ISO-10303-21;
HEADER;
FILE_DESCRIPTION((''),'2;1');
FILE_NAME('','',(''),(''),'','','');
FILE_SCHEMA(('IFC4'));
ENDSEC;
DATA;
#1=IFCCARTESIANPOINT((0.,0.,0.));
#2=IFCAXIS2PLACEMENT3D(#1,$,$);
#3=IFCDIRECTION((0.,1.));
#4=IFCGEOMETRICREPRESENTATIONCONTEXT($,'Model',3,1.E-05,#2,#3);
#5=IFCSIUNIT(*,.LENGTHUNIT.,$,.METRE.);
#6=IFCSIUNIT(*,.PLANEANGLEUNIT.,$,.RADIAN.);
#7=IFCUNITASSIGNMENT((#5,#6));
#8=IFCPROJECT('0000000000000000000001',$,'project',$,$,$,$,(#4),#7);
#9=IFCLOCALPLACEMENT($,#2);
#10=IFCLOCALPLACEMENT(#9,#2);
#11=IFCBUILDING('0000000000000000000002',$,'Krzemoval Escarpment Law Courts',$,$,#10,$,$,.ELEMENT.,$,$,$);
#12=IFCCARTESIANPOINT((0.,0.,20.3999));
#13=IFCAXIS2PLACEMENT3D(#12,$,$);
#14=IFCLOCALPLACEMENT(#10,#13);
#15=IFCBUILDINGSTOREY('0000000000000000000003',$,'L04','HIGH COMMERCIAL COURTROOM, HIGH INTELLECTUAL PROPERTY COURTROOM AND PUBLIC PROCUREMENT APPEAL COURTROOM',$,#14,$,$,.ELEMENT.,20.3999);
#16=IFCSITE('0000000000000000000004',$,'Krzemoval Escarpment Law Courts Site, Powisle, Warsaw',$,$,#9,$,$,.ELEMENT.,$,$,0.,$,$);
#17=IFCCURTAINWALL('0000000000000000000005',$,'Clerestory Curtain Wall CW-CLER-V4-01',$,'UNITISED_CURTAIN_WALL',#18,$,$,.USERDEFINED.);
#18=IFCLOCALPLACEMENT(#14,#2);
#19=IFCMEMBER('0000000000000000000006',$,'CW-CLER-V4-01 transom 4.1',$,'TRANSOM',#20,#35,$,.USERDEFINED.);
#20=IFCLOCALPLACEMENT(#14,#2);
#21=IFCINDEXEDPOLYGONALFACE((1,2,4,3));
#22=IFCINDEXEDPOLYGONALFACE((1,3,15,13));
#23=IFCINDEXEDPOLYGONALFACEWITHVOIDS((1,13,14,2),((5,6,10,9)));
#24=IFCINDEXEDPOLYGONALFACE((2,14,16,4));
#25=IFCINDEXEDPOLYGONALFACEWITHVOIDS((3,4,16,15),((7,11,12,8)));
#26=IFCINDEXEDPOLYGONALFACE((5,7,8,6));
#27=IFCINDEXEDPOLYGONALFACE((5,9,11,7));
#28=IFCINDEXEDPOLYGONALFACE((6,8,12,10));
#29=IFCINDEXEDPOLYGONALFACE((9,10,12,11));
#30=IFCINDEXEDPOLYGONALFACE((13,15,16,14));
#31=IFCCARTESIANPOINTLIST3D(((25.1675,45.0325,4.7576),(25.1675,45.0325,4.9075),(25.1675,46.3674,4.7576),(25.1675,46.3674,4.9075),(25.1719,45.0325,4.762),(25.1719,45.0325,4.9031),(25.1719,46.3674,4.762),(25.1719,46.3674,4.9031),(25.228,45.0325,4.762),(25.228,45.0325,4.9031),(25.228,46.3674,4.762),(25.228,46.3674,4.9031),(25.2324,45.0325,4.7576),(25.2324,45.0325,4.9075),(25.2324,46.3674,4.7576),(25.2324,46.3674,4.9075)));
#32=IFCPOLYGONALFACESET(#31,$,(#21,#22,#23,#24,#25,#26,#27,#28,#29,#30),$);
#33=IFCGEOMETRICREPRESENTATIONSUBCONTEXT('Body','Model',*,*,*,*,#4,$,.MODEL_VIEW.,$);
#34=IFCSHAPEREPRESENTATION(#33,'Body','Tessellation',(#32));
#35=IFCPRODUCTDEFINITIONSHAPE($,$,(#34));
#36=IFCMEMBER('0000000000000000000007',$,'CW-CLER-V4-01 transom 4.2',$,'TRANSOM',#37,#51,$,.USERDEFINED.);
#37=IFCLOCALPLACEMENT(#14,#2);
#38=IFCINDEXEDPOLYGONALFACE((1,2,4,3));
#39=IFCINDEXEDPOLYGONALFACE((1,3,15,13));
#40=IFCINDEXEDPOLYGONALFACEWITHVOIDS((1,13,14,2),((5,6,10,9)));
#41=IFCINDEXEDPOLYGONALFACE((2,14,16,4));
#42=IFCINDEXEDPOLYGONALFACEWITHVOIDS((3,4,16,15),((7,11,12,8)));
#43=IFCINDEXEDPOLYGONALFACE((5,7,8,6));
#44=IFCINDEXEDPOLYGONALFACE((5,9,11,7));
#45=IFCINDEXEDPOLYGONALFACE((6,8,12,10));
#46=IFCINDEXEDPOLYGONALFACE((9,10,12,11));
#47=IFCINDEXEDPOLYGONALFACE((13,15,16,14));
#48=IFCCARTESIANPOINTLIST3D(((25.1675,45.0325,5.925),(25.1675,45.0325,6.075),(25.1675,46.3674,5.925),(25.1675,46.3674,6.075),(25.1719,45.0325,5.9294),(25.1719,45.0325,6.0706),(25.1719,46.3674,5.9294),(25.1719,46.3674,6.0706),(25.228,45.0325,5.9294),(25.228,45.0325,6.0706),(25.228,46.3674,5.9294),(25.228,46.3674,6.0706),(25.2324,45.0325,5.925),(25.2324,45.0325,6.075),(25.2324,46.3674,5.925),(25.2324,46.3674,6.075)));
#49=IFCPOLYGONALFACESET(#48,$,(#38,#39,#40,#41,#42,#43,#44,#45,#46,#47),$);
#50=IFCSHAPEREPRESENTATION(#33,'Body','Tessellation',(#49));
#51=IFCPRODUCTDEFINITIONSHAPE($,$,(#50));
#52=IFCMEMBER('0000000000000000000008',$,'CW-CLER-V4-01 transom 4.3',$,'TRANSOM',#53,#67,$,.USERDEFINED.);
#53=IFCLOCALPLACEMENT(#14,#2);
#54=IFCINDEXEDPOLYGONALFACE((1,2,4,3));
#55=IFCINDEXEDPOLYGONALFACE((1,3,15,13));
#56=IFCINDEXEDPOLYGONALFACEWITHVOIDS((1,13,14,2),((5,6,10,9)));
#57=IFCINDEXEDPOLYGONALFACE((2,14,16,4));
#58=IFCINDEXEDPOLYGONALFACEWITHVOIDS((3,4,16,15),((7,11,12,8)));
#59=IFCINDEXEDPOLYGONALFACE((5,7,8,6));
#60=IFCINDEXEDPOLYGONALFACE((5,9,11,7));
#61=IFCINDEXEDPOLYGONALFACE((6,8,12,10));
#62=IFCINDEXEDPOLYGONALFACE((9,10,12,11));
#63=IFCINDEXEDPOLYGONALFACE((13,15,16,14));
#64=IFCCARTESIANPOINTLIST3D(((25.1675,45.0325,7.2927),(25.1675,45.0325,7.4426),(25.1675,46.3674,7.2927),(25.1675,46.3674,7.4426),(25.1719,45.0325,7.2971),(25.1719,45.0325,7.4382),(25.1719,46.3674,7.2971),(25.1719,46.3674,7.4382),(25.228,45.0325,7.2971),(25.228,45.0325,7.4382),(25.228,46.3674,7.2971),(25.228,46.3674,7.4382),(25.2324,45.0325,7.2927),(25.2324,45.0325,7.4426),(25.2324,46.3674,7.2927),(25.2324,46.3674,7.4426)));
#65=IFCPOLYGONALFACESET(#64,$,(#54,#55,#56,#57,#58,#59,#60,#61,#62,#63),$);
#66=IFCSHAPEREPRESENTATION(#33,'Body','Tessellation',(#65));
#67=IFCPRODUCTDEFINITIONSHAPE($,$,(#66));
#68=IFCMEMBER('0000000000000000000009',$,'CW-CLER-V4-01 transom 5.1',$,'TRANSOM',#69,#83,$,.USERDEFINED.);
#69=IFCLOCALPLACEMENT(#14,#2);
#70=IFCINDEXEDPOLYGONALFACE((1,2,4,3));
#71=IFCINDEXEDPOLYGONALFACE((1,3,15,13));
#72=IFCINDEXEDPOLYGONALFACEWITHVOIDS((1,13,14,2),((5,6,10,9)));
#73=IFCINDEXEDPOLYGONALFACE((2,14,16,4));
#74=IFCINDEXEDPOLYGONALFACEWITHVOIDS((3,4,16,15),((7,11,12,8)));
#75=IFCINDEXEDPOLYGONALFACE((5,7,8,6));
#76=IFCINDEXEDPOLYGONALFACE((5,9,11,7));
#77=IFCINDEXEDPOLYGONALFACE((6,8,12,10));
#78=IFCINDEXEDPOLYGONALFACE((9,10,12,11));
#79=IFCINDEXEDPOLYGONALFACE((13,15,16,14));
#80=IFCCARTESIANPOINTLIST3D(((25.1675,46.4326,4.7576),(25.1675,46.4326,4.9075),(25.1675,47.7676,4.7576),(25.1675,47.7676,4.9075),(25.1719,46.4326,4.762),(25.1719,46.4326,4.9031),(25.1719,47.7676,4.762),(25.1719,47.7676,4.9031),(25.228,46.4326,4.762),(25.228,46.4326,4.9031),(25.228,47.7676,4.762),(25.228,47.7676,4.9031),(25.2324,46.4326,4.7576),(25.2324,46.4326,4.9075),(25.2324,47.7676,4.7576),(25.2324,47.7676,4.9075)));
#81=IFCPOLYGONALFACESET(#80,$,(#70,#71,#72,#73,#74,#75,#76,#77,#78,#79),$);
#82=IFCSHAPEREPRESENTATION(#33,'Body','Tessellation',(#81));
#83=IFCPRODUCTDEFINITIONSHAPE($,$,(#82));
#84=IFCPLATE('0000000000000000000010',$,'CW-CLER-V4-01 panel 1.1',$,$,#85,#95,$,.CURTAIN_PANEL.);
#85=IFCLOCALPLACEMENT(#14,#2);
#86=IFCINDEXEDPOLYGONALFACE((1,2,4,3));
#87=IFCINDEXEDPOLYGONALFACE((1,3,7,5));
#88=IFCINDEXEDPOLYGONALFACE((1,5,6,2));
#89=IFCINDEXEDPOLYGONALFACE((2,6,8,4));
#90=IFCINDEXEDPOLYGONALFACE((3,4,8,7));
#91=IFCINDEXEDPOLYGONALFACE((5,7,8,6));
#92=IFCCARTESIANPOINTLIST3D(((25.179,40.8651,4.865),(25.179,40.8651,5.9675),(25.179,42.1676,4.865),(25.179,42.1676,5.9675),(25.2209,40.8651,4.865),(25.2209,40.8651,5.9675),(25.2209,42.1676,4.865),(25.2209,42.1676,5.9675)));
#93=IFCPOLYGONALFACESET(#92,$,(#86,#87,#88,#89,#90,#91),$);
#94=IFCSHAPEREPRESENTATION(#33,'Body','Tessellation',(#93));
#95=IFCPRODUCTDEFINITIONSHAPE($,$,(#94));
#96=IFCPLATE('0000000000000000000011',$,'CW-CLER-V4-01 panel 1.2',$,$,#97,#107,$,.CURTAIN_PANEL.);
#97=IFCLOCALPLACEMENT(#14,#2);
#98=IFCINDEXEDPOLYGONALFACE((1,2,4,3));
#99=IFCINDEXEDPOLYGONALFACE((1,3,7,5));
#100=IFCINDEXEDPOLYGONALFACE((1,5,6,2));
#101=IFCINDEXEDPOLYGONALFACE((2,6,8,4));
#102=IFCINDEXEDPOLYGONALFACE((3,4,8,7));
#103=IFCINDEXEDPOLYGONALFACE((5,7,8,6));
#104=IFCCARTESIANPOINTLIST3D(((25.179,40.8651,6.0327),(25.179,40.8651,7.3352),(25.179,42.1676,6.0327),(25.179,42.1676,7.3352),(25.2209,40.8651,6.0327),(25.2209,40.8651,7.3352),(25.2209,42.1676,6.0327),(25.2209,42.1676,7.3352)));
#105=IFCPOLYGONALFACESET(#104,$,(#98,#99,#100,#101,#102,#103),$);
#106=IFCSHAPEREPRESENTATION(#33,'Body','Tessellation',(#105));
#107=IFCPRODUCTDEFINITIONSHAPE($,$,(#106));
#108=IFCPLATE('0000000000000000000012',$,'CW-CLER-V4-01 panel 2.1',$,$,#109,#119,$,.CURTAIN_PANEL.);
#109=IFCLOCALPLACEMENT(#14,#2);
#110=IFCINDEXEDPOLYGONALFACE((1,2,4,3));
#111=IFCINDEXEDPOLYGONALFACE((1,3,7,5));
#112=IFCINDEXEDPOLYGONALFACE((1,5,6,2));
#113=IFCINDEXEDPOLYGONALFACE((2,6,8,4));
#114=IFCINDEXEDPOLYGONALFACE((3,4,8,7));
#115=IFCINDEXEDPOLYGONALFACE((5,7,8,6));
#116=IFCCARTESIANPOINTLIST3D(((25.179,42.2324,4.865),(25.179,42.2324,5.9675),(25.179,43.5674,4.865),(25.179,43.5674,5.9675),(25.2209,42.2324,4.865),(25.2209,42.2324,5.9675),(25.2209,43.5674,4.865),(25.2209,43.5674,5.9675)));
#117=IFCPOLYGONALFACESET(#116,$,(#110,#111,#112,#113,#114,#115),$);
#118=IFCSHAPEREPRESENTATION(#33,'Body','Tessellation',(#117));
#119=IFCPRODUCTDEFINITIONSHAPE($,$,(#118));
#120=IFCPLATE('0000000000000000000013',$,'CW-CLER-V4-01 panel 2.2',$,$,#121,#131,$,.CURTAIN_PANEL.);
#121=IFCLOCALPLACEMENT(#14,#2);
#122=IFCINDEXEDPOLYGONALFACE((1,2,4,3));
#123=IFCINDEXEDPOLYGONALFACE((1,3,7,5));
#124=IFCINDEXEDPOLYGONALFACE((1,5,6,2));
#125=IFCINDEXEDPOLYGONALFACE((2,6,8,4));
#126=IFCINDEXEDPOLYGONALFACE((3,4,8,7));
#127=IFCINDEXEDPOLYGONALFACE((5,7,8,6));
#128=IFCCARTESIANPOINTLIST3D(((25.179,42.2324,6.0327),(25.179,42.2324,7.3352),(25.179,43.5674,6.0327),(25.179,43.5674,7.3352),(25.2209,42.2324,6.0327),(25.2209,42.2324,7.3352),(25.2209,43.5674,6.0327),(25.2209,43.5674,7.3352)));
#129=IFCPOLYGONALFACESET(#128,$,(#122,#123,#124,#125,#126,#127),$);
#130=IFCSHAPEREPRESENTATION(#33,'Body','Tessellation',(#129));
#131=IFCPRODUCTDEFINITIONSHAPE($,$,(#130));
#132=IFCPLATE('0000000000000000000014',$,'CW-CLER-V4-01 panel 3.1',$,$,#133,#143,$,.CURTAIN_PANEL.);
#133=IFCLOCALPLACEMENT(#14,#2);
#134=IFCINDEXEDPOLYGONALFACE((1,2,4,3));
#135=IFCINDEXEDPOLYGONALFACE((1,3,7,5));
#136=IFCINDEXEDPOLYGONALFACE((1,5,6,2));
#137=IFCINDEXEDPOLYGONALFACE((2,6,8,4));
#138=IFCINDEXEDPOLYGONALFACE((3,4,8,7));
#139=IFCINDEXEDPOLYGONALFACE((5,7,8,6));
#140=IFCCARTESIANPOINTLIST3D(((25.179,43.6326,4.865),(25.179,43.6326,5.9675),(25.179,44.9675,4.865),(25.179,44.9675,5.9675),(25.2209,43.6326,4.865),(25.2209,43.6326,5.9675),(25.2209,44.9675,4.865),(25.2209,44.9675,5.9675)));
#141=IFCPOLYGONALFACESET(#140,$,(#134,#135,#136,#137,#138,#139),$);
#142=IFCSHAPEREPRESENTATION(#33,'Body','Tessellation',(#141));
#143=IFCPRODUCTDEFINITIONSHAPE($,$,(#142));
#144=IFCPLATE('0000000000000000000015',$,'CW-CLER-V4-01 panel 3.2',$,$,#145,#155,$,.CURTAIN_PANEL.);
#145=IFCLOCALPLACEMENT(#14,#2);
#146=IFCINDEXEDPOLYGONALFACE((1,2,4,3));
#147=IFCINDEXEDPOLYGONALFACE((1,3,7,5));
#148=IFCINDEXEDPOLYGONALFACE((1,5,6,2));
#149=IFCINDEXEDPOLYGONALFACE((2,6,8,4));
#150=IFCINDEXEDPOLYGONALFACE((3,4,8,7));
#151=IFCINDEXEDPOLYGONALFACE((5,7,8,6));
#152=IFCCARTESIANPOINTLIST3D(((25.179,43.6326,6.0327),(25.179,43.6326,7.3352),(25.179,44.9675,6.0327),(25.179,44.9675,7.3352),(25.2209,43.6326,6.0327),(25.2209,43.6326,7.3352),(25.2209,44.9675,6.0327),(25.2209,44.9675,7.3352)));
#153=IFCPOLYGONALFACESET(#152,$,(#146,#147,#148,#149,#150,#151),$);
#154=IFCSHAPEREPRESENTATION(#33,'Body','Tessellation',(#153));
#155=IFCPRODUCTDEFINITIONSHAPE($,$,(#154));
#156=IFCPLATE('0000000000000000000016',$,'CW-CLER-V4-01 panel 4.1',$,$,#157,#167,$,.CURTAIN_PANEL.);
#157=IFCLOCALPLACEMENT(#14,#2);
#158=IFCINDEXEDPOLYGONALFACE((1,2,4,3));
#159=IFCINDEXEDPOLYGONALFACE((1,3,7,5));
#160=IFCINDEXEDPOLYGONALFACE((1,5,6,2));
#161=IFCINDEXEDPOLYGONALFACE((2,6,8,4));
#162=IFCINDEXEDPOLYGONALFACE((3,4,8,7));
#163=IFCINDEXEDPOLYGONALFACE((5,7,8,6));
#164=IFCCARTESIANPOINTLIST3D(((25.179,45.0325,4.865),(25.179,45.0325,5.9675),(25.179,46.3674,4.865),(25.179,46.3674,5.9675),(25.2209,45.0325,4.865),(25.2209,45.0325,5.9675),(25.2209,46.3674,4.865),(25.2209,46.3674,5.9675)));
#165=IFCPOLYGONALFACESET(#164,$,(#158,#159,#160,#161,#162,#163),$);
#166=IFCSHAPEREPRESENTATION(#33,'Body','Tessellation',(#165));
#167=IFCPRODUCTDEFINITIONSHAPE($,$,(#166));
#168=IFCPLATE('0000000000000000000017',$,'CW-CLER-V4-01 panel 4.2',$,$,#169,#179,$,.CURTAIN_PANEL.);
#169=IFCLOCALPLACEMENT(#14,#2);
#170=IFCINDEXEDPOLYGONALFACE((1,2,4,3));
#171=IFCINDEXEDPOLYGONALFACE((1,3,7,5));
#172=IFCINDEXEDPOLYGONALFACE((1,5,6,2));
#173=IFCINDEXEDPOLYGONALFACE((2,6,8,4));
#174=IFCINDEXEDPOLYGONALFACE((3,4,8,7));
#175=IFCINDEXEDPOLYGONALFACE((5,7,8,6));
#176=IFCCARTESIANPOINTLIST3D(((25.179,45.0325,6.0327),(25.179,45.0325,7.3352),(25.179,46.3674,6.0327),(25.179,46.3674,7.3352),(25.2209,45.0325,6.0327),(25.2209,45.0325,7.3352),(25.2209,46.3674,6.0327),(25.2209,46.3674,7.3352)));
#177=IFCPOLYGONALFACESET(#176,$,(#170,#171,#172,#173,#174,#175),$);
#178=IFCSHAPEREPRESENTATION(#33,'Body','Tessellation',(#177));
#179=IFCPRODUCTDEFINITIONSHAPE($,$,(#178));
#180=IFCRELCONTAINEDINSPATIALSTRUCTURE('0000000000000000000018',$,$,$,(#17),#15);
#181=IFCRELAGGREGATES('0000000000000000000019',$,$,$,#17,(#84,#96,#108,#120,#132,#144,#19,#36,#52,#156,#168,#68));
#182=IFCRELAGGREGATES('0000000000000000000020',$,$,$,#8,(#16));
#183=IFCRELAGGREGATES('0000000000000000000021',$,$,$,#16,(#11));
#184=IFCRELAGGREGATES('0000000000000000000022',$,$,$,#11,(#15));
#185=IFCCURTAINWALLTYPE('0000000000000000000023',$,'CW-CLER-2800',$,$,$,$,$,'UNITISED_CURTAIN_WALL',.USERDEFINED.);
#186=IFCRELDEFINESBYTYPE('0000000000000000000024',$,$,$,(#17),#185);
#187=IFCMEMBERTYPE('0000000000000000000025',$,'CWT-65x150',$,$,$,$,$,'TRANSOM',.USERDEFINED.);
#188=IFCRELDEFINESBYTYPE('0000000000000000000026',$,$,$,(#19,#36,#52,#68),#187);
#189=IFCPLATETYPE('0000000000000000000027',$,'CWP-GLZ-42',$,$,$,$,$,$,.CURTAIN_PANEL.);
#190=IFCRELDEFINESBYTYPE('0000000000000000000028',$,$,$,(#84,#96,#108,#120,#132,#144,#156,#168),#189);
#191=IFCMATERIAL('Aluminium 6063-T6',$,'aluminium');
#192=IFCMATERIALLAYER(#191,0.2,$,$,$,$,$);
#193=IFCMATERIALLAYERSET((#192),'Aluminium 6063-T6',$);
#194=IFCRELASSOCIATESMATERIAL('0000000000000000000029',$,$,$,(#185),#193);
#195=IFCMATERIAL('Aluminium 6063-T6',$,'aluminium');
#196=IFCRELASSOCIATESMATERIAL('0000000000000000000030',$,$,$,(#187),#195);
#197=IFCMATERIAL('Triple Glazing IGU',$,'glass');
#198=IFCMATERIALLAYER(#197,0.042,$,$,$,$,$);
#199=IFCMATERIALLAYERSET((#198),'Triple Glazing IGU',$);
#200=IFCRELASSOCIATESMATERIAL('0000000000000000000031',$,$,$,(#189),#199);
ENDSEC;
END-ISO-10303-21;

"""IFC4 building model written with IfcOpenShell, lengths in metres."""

from ifc_helpers import new_model, si_unit, direction, frame, origin, origin_2d, place, context, subcontext, project, spatial, rectangle, hollow_rectangle, extrude, material, layer, layer_set, material_profile, profile_set, type_object, element, aggregate, save


model = new_model("IFC4")

# Units and contexts
model_context = context("Model", 3, precision=1e-05, world=origin(), true_north=direction((0.0, 1.0)))
body_context = subcontext(model_context, "Body", "Model", "MODEL_VIEW")
ifc_project = project(units=[si_unit("LENGTHUNIT", "METRE"), si_unit("PLANEANGLEUNIT", "RADIAN")], contexts=[model_context])

# Site, building, storey
site_placement = place(None, origin())
site = spatial("IfcSite", under=ifc_project, at=site_placement, Name="Krzemoval Escarpment Law Courts Site, Powisle, Warsaw", CompositionType="ELEMENT", RefElevation=0.0)
building_placement = place(site_placement, origin())
building = spatial("IfcBuilding", under=site, at=building_placement, Name="Krzemoval Escarpment Law Courts", CompositionType="ELEMENT")
storey_placement = place(building_placement, frame((0.0, 0.0, 20.3999)))
storey = spatial("IfcBuildingStorey", under=building, at=storey_placement, Name="L04", Description="HIGH COMMERCIAL COURTROOM, HIGH INTELLECTUAL PROPERTY COURTROOM AND PUBLIC PROCUREMENT APPEAL COURTROOM", CompositionType="ELEMENT", Elevation=20.3999)

# Curtain wall, members, plates
ifc_material_1 = material(Name="Aluminium 6063-T6", Category="aluminium")
ifc_layer_1 = layer(ifc_material_1, 0.2)
ifc_layer_set_1 = layer_set([ifc_layer_1], Name="Aluminium 6063-T6")
curtain_wall_type = type_object("IfcCurtainWallType", Name="CW-CLER-2800", ElementType="UNITISED_CURTAIN_WALL", PredefinedType="USERDEFINED", material=ifc_layer_set_1)
curtain_wall_placement = place(storey_placement, origin())
curtain_wall = element("IfcCurtainWall", 1, at=curtain_wall_placement, inside=storey, type_object=curtain_wall_type, Name="Clerestory Curtain Wall CW-CLER-V4-01", ObjectType="UNITISED_CURTAIN_WALL", PredefinedType="USERDEFINED")
ifc_material_2 = material(Name="Aluminium 6063-T6", Category="aluminium")
ifc_material_profile_1 = material_profile(ifc_material_2, hollow_rectangle(XDim=0.0649, YDim=0.1499, WallThickness=0.0044, at=origin_2d()), Name="ALU T65x150")
ifc_profile_set_1 = profile_set([ifc_material_profile_1], Name="Aluminium 6063-T6")
member_type_1 = type_object("IfcMemberType", Name="CWT-65x150", ElementType="TRANSOM", PredefinedType="USERDEFINED", material=ifc_profile_set_1)
member_1_placement = place(storey_placement, frame((25.2, 45.0325, 4.8325), z_axis=(0.0, 1.0, 0.0), x_axis=(-1.0, 0.0, 0.0)))
member_1 = element("IfcMember", 2, at=member_1_placement, type_object=member_type_1, Name="CW-CLER-V4-01 transom 4.1", ObjectType="TRANSOM", PredefinedType="USERDEFINED", context=body_context, shape_type="SweptSolid", body=[
    extrude(hollow_rectangle(XDim=0.0649, YDim=0.1499, WallThickness=0.0044, at=origin_2d()), origin(), (0.0, 0.0, 1.0), 1.335),
])
member_2_placement = place(storey_placement, frame((25.2, 45.0325, 6.0), z_axis=(0.0, 1.0, 0.0), x_axis=(-1.0, 0.0, 0.0)))
member_2 = element("IfcMember", 3, at=member_2_placement, type_object=member_type_1, Name="CW-CLER-V4-01 transom 4.2", ObjectType="TRANSOM", PredefinedType="USERDEFINED", context=body_context, shape_type="SweptSolid", body=[
    extrude(hollow_rectangle(XDim=0.0649, YDim=0.1499, WallThickness=0.0044, at=origin_2d()), origin(), (0.0, 0.0, 1.0), 1.335),
])
member_3_placement = place(storey_placement, frame((25.2, 45.0325, 7.3677), z_axis=(0.0, 1.0, 0.0), x_axis=(-1.0, 0.0, 0.0)))
member_3 = element("IfcMember", 4, at=member_3_placement, type_object=member_type_1, Name="CW-CLER-V4-01 transom 4.3", ObjectType="TRANSOM", PredefinedType="USERDEFINED", context=body_context, shape_type="SweptSolid", body=[
    extrude(hollow_rectangle(XDim=0.0649, YDim=0.1499, WallThickness=0.0044, at=origin_2d()), origin(), (0.0, 0.0, 1.0), 1.335),
])
member_4_placement = place(storey_placement, frame((25.2, 46.4326, 4.8325), z_axis=(0.0, 1.0, 0.0), x_axis=(-1.0, 0.0, 0.0)))
member_4 = element("IfcMember", 5, at=member_4_placement, type_object=member_type_1, Name="CW-CLER-V4-01 transom 5.1", ObjectType="TRANSOM", PredefinedType="USERDEFINED", context=body_context, shape_type="SweptSolid", body=[
    extrude(hollow_rectangle(XDim=0.0649, YDim=0.1499, WallThickness=0.0044, at=origin_2d()), origin(), (0.0, 0.0, 1.0), 1.335),
])
ifc_material_3 = material(Name="Triple Glazing IGU", Category="glass")
ifc_layer_2 = layer(ifc_material_3, 0.042)
ifc_layer_set_2 = layer_set([ifc_layer_2], Name="Triple Glazing IGU")
plate_type = type_object("IfcPlateType", Name="CWP-GLZ-42", PredefinedType="CURTAIN_PANEL", material=ifc_layer_set_2)
plate_1_placement = place(storey_placement, frame((25.2, 41.5164, 4.865), z_axis=(0.0, 0.0, 1.0), x_axis=(0.0, 1.0, 0.0)))
plate_1 = element("IfcPlate", 6, at=plate_1_placement, type_object=plate_type, Name="CW-CLER-V4-01 panel 1.1", PredefinedType="CURTAIN_PANEL", context=body_context, shape_type="SweptSolid", body=[
    extrude(rectangle(XDim=1.3025, YDim=0.042, at=origin_2d()), origin(), (0.0, 0.0, 1.0), 1.1025),
])
plate_2_placement = place(storey_placement, frame((25.2, 41.5164, 6.0327), z_axis=(0.0, 0.0, 1.0), x_axis=(0.0, 1.0, 0.0)))
plate_2 = element("IfcPlate", 7, at=plate_2_placement, type_object=plate_type, Name="CW-CLER-V4-01 panel 1.2", PredefinedType="CURTAIN_PANEL", context=body_context, shape_type="SweptSolid", body=[
    extrude(rectangle(XDim=1.3025, YDim=0.042, at=origin_2d()), origin(), (0.0, 0.0, 1.0), 1.3025),
])
plate_3_placement = place(storey_placement, frame((25.2, 42.8999, 4.865), z_axis=(0.0, 0.0, 1.0), x_axis=(0.0, 1.0, 0.0)))
plate_3 = element("IfcPlate", 8, at=plate_3_placement, type_object=plate_type, Name="CW-CLER-V4-01 panel 2.1", PredefinedType="CURTAIN_PANEL", context=body_context, shape_type="SweptSolid", body=[
    extrude(rectangle(XDim=1.335, YDim=0.042, at=origin_2d()), origin(), (0.0, 0.0, 1.0), 1.1025),
])
plate_4_placement = place(storey_placement, frame((25.2, 42.8999, 6.0327), z_axis=(0.0, 0.0, 1.0), x_axis=(0.0, 1.0, 0.0)))
plate_4 = element("IfcPlate", 9, at=plate_4_placement, type_object=plate_type, Name="CW-CLER-V4-01 panel 2.2", PredefinedType="CURTAIN_PANEL", context=body_context, shape_type="SweptSolid", body=[
    extrude(rectangle(XDim=1.335, YDim=0.042, at=origin_2d()), origin(), (0.0, 0.0, 1.0), 1.3025),
])
plate_5_placement = place(storey_placement, frame((25.2, 44.3, 4.865), z_axis=(0.0, 0.0, 1.0), x_axis=(0.0, 1.0, 0.0)))
plate_5 = element("IfcPlate", 10, at=plate_5_placement, type_object=plate_type, Name="CW-CLER-V4-01 panel 3.1", PredefinedType="CURTAIN_PANEL", context=body_context, shape_type="SweptSolid", body=[
    extrude(rectangle(XDim=1.335, YDim=0.042, at=origin_2d()), origin(), (0.0, 0.0, 1.0), 1.1025),
])
plate_6_placement = place(storey_placement, frame((25.2, 44.3, 6.0327), z_axis=(0.0, 0.0, 1.0), x_axis=(0.0, 1.0, 0.0)))
plate_6 = element("IfcPlate", 11, at=plate_6_placement, type_object=plate_type, Name="CW-CLER-V4-01 panel 3.2", PredefinedType="CURTAIN_PANEL", context=body_context, shape_type="SweptSolid", body=[
    extrude(rectangle(XDim=1.335, YDim=0.042, at=origin_2d()), origin(), (0.0, 0.0, 1.0), 1.3025),
])
plate_7_placement = place(storey_placement, frame((25.2, 45.7, 4.865), z_axis=(0.0, 0.0, 1.0), x_axis=(0.0, 1.0, 0.0)))
plate_7 = element("IfcPlate", 12, at=plate_7_placement, type_object=plate_type, Name="CW-CLER-V4-01 panel 4.1", PredefinedType="CURTAIN_PANEL", context=body_context, shape_type="SweptSolid", body=[
    extrude(rectangle(XDim=1.335, YDim=0.042, at=origin_2d()), origin(), (0.0, 0.0, 1.0), 1.1025),
])
plate_8_placement = place(storey_placement, frame((25.2, 45.7, 6.0327), z_axis=(0.0, 0.0, 1.0), x_axis=(0.0, 1.0, 0.0)))
plate_8 = element("IfcPlate", 13, at=plate_8_placement, type_object=plate_type, Name="CW-CLER-V4-01 panel 4.2", PredefinedType="CURTAIN_PANEL", context=body_context, shape_type="SweptSolid", body=[
    extrude(rectangle(XDim=1.335, YDim=0.042, at=origin_2d()), origin(), (0.0, 0.0, 1.0), 1.3025),
])
aggregate(curtain_wall, [plate_1, plate_2, plate_3, plate_4, plate_5, plate_6, member_1, member_2, member_3, plate_7, plate_8, member_4])

save(model, "model.ifc")
